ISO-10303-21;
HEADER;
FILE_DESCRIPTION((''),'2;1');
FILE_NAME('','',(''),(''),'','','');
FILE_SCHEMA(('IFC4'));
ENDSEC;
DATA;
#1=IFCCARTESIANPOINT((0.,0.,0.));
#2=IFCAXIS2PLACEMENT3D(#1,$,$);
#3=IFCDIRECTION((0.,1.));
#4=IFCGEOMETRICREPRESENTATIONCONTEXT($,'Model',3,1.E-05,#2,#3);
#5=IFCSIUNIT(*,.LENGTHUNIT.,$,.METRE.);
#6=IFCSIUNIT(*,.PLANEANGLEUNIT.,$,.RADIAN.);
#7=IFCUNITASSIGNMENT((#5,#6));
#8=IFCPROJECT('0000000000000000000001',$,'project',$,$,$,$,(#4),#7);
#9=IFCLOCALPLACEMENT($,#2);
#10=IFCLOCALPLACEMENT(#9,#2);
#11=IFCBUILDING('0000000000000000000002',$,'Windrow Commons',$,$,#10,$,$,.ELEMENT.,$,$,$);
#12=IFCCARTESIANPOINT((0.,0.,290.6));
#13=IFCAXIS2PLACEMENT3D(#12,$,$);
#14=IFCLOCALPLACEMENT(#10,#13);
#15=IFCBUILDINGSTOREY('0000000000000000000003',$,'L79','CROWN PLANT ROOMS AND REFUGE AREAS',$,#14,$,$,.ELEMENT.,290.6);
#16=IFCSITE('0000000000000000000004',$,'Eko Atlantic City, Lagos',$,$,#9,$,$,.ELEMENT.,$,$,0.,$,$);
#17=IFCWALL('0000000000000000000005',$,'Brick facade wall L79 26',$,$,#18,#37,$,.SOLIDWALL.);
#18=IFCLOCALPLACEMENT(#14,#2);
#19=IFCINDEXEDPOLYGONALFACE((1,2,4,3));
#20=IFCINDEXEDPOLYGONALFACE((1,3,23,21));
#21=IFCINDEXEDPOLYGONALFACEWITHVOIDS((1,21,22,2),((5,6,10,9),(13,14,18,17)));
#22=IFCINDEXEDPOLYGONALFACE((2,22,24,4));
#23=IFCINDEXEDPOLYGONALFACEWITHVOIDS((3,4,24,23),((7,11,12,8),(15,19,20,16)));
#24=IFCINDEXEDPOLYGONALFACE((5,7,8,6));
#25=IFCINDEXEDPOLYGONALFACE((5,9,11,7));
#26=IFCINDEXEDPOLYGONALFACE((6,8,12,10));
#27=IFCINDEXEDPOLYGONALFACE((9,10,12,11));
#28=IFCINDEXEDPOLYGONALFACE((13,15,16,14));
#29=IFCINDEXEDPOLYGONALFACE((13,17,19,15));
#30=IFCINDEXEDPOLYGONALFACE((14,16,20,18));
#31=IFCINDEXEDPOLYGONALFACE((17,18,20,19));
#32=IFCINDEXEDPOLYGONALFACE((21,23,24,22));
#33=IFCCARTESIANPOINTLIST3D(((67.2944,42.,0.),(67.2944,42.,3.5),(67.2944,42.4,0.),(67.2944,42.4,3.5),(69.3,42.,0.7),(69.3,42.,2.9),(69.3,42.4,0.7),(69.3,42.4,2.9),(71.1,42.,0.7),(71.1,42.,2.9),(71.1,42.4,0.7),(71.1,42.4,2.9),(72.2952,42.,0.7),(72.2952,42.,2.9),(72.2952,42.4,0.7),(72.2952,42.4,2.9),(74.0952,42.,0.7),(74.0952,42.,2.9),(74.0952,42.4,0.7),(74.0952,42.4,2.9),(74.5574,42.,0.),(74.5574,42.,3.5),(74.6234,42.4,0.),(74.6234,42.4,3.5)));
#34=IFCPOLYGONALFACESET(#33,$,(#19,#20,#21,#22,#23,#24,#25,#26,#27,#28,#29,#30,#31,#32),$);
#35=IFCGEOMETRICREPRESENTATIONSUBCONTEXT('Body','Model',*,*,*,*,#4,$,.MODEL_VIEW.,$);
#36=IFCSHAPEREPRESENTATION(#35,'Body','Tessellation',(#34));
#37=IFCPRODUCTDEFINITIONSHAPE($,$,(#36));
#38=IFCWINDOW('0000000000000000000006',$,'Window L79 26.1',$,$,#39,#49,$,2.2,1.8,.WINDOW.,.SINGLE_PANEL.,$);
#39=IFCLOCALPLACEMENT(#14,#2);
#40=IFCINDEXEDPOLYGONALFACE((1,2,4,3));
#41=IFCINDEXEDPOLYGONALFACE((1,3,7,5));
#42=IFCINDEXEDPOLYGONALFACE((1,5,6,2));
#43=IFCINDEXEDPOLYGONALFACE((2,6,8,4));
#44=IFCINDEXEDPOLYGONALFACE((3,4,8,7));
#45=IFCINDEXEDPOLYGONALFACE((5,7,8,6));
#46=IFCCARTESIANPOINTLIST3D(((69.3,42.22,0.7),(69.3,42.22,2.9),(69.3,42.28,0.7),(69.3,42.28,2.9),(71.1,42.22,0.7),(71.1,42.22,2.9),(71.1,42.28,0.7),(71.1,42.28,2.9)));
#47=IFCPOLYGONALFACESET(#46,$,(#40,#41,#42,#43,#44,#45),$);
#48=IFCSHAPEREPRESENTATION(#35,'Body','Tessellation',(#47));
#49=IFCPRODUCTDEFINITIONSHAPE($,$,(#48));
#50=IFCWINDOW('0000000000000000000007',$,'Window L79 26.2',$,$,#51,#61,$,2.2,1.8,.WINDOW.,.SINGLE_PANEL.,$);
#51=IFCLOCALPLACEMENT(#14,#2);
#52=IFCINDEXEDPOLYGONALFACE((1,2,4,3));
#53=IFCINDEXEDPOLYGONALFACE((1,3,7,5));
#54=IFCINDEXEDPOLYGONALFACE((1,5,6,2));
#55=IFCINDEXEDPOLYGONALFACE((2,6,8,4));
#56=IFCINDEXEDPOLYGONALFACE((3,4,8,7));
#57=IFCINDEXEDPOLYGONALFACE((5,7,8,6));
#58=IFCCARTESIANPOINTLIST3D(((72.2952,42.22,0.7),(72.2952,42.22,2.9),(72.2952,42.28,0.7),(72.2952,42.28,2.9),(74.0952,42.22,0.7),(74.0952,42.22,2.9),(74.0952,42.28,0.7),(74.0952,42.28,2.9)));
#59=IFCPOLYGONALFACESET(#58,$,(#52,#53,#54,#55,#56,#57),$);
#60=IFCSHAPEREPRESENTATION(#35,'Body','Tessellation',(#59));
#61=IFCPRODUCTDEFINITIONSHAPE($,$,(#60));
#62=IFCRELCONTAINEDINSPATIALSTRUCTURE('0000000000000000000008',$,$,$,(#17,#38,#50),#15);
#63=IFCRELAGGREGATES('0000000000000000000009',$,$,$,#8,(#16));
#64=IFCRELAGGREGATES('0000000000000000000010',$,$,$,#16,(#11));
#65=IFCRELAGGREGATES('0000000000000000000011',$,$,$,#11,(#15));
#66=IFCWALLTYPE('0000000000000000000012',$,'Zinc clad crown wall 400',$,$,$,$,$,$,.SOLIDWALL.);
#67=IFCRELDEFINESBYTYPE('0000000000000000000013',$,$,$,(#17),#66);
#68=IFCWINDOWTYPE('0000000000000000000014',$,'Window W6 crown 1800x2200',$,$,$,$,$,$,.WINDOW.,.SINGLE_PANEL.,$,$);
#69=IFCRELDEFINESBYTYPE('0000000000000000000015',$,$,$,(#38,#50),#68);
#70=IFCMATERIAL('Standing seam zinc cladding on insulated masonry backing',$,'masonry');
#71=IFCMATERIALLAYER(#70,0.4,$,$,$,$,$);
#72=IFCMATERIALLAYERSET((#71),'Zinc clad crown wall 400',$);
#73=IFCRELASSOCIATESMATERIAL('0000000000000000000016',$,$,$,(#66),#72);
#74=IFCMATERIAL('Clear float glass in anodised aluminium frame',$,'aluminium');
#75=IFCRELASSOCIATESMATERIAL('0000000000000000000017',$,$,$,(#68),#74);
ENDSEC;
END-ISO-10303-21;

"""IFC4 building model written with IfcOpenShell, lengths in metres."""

from ifc_helpers import new_model, si_unit, direction, frame, frame_2d, origin, place, context, subcontext, project, spatial, polyline, rectangle, outline, extrude, material, layer, layer_set, type_object, element, fill, save


model = new_model("IFC4")

# Units and contexts
model_context = context("Model", 3, precision=1e-05, world=origin(), true_north=direction((0.0, 1.0)))
body_context = subcontext(model_context, "Body", "Model", "MODEL_VIEW")
ifc_project = project(units=[si_unit("LENGTHUNIT", "METRE"), si_unit("PLANEANGLEUNIT", "RADIAN")], contexts=[model_context])

# Site, building, storey
site_placement = place(None, origin())
site = spatial("IfcSite", under=ifc_project, at=site_placement, Name="Eko Atlantic City, Lagos", CompositionType="ELEMENT", RefElevation=0.0)
building_placement = place(site_placement, origin())
building = spatial("IfcBuilding", under=site, at=building_placement, Name="Windrow Commons", CompositionType="ELEMENT")
storey_placement = place(building_placement, frame((0.0, 0.0, 290.6)))
storey = spatial("IfcBuildingStorey", under=building, at=storey_placement, Name="L79", Description="CROWN PLANT ROOMS AND REFUGE AREAS", CompositionType="ELEMENT", Elevation=290.6)

# Wall, openings, windows
ifc_material_1 = material(Name="Standing seam zinc cladding on insulated masonry backing", Category="masonry")
ifc_layer_1 = layer(ifc_material_1, 0.4)
ifc_layer_set_1 = layer_set([ifc_layer_1], Name="Zinc clad crown wall 400")
wall_type_1 = type_object("IfcWallType", Name="Zinc clad crown wall 400", PredefinedType="SOLIDWALL", material=ifc_layer_set_1)
wall_1_placement = place(storey_placement, frame((67.2944, 42.2, 0.0), z_axis=(0.0, 0.0, 1.0), x_axis=(1.0, 0.0, 0.0)))
wall_1 = element("IfcWall", 1, at=wall_1_placement, inside=storey, type_object=wall_type_1, Name="Brick facade wall L79 26", PredefinedType="SOLIDWALL", context=body_context, shape_type="SweptSolid", body=[
    extrude(outline(polyline([(0.0, -0.2), (7.263, -0.2), (7.329, 0.2), (0.0, 0.2), (0.0, -0.2)])), origin(), (0.0, 0.0, 1.0), 3.5),
])
opening_1_placement = place(wall_1_placement, frame((2.0056, 0.0, 0.7)))
opening_1 = element("IfcOpeningElement", 2, at=opening_1_placement, cuts=wall_1, PredefinedType="OPENING", context=body_context, shape_type="SweptSolid", body=[
    extrude(rectangle(XDim=1.8, YDim=2.2, at=frame_2d((0.9, 1.1))), frame((0.0, 0.21, 0.0), z_axis=(0.0, -1.0, 0.0), x_axis=(1.0, 0.0, 0.0)), (0.0, 0.0, 1.0), 0.42),
])
opening_2_placement = place(wall_1_placement, frame((5.0008, 0.0, 0.7)))
opening_2 = element("IfcOpeningElement", 3, at=opening_2_placement, cuts=wall_1, PredefinedType="OPENING", context=body_context, shape_type="SweptSolid", body=[
    extrude(rectangle(XDim=1.8, YDim=2.2, at=frame_2d((0.9, 1.1))), frame((0.0, 0.21, 0.0), z_axis=(0.0, -1.0, 0.0), x_axis=(1.0, 0.0, 0.0)), (0.0, 0.0, 1.0), 0.42),
])
ifc_material_2 = material(Name="Clear float glass in anodised aluminium frame", Category="aluminium")
window_type = type_object("IfcWindowType", Name="Window W6 crown 1800x2200", PartitioningType="SINGLE_PANEL", PredefinedType="WINDOW", material=ifc_material_2)
window_1_placement = place(opening_1_placement, origin())
window_1 = element("IfcWindow", 4, at=window_1_placement, inside=storey, type_object=window_type, Name="Window L79 26.1", OverallHeight=2.2, OverallWidth=1.8, PartitioningType="SINGLE_PANEL", PredefinedType="WINDOW", context=body_context, shape_type="SweptSolid", body=[
    extrude(rectangle(XDim=1.8, YDim=2.2, at=frame_2d((0.9, 1.1))), frame((0.0, 0.08, 0.0), z_axis=(0.0, -1.0, 0.0), x_axis=(1.0, 0.0, 0.0)), (0.0, 0.0, 1.0), 0.06),
])
fill(opening_1, window_1)
window_2_placement = place(opening_2_placement, origin())
window_2 = element("IfcWindow", 5, at=window_2_placement, inside=storey, type_object=window_type, Name="Window L79 26.2", OverallHeight=2.2, OverallWidth=1.8, PartitioningType="SINGLE_PANEL", PredefinedType="WINDOW", context=body_context, shape_type="SweptSolid", body=[
    extrude(rectangle(XDim=1.8, YDim=2.2, at=frame_2d((0.9, 1.1))), frame((0.0, 0.08, 0.0), z_axis=(0.0, -1.0, 0.0), x_axis=(1.0, 0.0, 0.0)), (0.0, 0.0, 1.0), 0.06),
])
fill(opening_2, window_2)

save(model, "model.ifc")
